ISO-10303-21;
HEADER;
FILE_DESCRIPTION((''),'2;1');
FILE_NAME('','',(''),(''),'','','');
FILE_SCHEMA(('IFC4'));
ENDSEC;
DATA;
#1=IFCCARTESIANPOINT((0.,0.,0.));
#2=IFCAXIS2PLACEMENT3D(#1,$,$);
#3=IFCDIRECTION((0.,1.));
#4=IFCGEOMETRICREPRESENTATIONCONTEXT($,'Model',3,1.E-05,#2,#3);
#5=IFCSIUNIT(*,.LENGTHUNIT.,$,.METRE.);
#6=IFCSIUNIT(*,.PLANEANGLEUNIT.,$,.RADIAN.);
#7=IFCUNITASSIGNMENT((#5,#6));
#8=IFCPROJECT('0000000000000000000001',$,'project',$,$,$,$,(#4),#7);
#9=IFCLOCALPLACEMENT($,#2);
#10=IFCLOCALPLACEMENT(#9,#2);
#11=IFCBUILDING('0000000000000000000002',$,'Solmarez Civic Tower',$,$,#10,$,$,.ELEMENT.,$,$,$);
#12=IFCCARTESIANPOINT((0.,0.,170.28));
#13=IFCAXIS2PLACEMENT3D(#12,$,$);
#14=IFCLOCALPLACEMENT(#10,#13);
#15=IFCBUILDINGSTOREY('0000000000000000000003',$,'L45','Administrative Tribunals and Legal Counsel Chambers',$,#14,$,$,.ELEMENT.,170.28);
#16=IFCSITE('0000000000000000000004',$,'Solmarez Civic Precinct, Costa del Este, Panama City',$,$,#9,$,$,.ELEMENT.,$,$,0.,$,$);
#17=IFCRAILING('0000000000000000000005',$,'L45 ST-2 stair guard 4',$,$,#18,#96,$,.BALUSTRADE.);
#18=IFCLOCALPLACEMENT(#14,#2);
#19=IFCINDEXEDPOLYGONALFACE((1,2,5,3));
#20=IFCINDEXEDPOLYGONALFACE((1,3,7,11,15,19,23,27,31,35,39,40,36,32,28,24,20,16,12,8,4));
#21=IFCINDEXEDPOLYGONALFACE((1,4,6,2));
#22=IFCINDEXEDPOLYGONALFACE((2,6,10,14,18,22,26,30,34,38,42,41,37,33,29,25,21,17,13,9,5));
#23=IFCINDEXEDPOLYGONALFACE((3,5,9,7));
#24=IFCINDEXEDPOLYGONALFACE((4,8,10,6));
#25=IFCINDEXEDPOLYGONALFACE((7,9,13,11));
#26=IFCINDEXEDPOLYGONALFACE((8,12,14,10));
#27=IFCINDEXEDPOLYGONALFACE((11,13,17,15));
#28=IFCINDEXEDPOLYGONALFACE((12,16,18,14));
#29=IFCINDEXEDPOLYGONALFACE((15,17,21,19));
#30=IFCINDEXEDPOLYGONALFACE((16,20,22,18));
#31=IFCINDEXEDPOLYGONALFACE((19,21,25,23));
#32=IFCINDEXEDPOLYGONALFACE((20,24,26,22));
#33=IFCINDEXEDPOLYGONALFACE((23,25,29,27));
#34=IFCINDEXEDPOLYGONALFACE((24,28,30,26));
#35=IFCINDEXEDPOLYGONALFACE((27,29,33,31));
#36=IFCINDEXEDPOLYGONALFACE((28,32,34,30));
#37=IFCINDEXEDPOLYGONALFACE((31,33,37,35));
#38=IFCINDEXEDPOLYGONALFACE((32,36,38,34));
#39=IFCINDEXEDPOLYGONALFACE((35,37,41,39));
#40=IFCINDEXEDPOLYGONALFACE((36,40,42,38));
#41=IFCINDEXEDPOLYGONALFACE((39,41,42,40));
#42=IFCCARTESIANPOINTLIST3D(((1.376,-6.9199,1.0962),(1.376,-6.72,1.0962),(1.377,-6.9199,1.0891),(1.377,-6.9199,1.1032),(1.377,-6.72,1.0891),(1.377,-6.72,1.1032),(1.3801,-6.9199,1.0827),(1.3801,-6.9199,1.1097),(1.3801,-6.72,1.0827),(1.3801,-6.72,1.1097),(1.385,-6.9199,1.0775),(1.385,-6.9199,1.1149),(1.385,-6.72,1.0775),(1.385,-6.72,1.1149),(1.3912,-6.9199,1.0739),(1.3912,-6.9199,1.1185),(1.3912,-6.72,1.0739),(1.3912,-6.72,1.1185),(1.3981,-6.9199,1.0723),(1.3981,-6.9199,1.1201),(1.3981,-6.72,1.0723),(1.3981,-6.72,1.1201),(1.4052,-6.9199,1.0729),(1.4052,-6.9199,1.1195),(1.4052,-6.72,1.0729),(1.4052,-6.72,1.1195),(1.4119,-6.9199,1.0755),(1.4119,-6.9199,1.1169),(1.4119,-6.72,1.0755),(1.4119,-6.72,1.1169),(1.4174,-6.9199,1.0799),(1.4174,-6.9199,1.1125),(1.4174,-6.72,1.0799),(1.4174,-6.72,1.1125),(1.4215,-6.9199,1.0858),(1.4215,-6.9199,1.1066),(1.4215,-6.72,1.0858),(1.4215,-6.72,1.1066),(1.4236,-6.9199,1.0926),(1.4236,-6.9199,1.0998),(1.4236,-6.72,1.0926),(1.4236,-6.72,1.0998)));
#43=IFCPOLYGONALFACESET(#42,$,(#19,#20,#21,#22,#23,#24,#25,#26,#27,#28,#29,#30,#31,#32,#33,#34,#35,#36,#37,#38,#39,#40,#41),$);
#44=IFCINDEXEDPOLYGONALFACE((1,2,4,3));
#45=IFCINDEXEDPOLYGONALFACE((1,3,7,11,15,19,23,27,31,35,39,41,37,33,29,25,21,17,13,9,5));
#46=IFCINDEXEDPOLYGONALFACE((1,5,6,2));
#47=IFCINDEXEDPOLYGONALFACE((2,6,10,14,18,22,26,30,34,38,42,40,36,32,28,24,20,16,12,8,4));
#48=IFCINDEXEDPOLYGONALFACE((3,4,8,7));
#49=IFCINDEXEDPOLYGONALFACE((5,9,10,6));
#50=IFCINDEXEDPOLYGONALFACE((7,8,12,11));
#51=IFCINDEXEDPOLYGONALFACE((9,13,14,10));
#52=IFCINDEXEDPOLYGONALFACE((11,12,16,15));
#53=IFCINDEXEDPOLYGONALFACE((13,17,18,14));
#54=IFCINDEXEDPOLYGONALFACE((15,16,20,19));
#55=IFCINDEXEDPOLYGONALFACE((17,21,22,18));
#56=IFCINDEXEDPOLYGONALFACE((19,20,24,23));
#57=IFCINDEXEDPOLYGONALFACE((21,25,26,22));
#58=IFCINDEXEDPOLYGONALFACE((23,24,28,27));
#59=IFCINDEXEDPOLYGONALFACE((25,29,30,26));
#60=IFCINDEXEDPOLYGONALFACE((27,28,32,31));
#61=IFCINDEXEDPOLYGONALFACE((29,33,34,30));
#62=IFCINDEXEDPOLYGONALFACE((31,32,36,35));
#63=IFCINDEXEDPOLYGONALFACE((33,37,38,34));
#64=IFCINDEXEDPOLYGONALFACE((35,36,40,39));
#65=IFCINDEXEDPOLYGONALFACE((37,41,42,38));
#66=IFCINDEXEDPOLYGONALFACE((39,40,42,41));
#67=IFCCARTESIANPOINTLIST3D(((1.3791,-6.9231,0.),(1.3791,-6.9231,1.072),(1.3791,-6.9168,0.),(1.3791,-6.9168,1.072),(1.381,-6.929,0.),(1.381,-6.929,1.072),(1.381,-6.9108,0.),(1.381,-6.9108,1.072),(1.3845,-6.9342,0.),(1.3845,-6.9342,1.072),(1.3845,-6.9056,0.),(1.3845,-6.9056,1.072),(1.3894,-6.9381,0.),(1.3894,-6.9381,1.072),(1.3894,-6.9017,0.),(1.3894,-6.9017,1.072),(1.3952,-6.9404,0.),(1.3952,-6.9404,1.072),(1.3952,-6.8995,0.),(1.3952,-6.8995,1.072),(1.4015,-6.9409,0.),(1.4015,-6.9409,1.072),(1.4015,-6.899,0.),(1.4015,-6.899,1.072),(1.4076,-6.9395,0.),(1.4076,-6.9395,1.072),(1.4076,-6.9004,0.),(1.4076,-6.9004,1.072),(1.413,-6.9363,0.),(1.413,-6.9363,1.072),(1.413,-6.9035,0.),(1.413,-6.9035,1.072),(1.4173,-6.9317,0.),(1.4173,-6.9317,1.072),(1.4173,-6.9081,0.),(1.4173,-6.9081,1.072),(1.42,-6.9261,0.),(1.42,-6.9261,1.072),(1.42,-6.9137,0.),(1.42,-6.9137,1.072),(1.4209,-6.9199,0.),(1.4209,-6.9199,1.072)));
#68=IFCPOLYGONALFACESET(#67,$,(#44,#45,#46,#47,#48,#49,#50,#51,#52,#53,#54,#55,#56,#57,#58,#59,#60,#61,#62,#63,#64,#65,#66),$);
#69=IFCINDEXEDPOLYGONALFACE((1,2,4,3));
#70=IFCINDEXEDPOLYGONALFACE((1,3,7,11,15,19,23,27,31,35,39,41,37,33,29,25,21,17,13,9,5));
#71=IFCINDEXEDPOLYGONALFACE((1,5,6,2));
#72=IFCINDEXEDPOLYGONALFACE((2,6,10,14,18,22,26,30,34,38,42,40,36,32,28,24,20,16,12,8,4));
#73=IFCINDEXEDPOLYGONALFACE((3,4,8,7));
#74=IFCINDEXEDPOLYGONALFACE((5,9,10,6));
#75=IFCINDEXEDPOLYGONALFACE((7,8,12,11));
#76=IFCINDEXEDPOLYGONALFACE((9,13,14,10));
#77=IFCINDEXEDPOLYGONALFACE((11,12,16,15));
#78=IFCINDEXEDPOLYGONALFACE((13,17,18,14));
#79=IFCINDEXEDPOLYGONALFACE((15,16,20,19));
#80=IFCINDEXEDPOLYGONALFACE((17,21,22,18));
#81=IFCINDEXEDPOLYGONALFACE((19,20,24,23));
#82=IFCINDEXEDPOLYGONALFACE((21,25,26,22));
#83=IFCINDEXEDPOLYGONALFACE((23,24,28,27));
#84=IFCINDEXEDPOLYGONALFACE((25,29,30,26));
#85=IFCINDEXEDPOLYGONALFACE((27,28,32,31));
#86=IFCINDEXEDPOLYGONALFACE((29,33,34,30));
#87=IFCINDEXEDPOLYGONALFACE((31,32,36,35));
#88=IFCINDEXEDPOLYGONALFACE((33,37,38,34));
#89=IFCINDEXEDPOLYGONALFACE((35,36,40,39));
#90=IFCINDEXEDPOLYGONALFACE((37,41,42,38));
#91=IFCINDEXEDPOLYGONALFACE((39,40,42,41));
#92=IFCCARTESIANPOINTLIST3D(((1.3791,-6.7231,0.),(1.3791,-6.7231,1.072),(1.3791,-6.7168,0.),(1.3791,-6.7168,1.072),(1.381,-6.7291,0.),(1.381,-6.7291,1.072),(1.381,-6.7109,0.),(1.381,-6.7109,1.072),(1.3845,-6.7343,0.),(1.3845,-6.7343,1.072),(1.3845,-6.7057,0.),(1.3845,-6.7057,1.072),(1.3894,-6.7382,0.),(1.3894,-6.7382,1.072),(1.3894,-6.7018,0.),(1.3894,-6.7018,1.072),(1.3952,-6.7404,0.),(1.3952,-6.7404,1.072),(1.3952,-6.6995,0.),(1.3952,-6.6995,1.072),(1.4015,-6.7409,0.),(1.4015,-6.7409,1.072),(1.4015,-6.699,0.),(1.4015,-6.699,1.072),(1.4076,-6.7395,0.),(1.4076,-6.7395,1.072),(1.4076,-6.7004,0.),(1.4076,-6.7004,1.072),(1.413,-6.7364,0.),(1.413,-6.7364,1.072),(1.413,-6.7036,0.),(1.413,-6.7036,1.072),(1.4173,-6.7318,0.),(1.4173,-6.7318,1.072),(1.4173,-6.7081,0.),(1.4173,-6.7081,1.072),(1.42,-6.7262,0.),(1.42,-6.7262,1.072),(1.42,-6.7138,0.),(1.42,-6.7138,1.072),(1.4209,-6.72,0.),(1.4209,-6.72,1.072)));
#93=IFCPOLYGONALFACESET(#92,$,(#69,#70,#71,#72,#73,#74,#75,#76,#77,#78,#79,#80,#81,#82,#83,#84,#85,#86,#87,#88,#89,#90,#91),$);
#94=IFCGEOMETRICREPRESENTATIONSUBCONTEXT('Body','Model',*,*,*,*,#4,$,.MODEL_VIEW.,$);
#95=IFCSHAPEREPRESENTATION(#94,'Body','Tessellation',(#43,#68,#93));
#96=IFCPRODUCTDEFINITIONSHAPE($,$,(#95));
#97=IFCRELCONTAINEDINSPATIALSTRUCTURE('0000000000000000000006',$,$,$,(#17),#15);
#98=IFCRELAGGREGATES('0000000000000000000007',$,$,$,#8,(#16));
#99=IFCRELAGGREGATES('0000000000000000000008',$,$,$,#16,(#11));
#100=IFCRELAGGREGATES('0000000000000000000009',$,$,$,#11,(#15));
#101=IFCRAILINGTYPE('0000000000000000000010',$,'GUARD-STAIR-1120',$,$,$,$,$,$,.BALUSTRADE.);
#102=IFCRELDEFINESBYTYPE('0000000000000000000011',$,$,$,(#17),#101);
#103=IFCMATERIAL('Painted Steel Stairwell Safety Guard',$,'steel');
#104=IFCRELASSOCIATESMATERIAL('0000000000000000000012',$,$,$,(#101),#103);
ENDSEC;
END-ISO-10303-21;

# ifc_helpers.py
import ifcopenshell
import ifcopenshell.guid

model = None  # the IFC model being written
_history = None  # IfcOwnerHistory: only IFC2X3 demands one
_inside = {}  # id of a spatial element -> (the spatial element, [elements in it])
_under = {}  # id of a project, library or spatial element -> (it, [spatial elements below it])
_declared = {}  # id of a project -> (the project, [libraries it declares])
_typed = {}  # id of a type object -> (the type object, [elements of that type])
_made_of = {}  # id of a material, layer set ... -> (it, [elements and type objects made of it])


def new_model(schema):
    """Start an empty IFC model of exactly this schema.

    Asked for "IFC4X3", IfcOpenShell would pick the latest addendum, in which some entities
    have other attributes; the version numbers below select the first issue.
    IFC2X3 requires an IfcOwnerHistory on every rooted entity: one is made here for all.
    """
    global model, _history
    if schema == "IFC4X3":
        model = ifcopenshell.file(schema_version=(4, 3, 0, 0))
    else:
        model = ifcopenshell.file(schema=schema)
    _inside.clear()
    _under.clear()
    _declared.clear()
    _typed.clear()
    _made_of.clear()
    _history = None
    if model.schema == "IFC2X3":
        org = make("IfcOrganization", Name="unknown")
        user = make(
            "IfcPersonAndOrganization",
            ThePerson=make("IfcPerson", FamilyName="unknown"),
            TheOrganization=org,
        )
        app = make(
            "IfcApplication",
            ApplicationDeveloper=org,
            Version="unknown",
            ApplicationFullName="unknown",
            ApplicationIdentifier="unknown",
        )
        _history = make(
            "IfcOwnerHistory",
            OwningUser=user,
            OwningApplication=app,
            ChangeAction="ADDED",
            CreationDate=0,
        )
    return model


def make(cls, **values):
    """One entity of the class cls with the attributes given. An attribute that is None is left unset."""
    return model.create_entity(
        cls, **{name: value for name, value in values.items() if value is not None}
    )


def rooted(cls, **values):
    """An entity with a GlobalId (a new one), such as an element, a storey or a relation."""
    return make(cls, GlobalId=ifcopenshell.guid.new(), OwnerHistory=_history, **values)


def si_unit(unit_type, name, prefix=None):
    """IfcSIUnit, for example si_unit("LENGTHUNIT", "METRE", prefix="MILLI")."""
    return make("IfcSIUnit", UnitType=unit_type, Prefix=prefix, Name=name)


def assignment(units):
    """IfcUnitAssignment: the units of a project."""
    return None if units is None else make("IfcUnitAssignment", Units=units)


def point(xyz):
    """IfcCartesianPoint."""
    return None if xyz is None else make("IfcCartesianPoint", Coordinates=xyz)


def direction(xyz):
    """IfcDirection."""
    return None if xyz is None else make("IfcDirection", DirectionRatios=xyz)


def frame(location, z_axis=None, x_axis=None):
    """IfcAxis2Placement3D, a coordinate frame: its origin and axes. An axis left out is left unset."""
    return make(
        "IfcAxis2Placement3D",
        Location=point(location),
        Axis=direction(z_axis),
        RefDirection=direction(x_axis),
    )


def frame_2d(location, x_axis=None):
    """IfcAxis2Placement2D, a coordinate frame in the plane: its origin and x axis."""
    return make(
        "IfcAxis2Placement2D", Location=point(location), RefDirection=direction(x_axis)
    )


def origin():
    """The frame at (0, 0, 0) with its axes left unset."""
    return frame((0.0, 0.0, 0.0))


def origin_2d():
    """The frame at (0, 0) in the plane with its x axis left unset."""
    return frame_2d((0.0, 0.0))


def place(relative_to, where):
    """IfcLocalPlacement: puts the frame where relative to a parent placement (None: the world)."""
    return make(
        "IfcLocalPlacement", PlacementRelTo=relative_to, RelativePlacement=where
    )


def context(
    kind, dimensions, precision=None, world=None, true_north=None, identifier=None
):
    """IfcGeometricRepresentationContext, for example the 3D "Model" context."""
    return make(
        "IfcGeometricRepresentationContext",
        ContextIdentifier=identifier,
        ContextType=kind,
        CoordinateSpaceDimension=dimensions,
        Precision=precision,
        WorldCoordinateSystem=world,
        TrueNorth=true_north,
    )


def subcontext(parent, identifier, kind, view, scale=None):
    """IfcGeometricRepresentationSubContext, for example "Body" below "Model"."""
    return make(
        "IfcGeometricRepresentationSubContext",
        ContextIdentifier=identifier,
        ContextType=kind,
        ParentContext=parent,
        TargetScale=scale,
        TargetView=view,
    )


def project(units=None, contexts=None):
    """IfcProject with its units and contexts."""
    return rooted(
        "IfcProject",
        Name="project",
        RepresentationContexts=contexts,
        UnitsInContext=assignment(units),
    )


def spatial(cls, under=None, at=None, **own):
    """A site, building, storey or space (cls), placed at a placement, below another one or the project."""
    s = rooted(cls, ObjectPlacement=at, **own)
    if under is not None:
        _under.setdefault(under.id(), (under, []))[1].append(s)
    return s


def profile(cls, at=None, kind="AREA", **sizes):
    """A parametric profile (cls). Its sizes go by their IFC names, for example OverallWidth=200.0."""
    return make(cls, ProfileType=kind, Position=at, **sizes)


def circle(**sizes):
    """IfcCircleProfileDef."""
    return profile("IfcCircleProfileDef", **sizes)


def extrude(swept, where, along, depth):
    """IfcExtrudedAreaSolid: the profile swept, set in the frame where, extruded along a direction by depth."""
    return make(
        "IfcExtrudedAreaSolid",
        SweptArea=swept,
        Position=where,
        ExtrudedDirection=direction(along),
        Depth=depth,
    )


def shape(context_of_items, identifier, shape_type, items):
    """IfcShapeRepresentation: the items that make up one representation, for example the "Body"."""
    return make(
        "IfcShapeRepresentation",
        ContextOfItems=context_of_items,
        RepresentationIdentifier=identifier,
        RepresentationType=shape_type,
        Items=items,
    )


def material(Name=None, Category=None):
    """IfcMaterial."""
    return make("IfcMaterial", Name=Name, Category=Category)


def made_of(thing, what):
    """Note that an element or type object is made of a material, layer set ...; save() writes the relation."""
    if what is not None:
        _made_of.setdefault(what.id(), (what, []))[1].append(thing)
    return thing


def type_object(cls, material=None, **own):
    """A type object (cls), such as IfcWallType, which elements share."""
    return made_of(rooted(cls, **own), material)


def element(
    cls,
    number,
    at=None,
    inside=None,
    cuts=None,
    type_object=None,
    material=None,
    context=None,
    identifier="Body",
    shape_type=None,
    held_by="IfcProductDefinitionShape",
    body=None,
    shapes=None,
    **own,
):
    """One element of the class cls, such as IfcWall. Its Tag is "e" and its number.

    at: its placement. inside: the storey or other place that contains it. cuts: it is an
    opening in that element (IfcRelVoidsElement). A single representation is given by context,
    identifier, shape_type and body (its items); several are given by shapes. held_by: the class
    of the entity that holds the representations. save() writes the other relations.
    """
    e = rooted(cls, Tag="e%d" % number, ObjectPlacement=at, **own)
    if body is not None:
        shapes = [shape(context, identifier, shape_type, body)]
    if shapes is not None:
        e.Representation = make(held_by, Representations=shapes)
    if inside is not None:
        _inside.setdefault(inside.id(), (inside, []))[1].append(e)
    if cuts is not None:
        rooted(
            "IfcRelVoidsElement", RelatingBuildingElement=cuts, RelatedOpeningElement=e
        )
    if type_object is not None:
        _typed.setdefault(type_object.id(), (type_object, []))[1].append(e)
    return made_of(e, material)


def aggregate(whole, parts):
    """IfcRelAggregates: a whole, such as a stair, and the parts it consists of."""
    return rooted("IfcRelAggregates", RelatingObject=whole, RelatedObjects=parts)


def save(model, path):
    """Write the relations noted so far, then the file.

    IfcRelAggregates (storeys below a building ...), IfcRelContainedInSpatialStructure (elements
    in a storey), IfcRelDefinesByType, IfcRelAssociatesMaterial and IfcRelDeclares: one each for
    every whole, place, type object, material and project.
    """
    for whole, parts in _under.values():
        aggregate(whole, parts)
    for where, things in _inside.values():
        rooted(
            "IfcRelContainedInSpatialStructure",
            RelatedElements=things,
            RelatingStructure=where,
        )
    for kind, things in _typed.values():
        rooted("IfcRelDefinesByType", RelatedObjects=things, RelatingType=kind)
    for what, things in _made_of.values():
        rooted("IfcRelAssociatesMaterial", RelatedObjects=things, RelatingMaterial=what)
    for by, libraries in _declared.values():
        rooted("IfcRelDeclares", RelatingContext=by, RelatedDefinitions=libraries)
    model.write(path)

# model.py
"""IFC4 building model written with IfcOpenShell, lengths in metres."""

from ifc_helpers import new_model, si_unit, direction, frame, origin, origin_2d, place, context, subcontext, project, spatial, circle, extrude, material, type_object, element, save


model = new_model("IFC4")

# Units and contexts
model_context = context("Model", 3, precision=1e-05, world=origin(), true_north=direction((0.0, 1.0)))
body_context = subcontext(model_context, "Body", "Model", "MODEL_VIEW")
ifc_project = project(units=[si_unit("LENGTHUNIT", "METRE"), si_unit("PLANEANGLEUNIT", "RADIAN")], contexts=[model_context])

# Site, building, storey
site_placement = place(None, origin())
site = spatial("IfcSite", under=ifc_project, at=site_placement, Name="Solmarez Civic Precinct, Costa del Este, Panama City", CompositionType="ELEMENT", RefElevation=0.0)
building_placement = place(site_placement, origin())
building = spatial("IfcBuilding", under=site, at=building_placement, Name="Solmarez Civic Tower", CompositionType="ELEMENT")
storey_placement = place(building_placement, frame((0.0, 0.0, 170.28)))
storey = spatial("IfcBuildingStorey", under=building, at=storey_placement, Name="L45", Description="Administrative Tribunals and Legal Counsel Chambers", CompositionType="ELEMENT", Elevation=170.28)

# Railing
ifc_material_1 = material(Name="Painted Steel Stairwell Safety Guard", Category="steel")
railing_type = type_object("IfcRailingType", Name="GUARD-STAIR-1120", PredefinedType="BALUSTRADE", material=ifc_material_1)
railing_1_placement = place(storey_placement, frame((1.3999, -6.9199, 0.0)))
element("IfcRailing", 1, at=railing_1_placement, inside=storey, type_object=railing_type, Name="L45 ST-2 stair guard 4", PredefinedType="BALUSTRADE", context=body_context, shape_type="SweptSolid", body=[
    extrude(circle(Radius=0.0239, at=origin_2d()), frame((0.0, 0.0, 1.0962), z_axis=(0.0, 1.0, 0.0), x_axis=(-1.0, 0.0, 0.0)), (0.0, 0.0, 1.0), 0.2),
    extrude(circle(Radius=0.021, at=origin_2d()), origin(), (0.0, 0.0, 1.0), 1.072),
    extrude(circle(Radius=0.021, at=origin_2d()), frame((0.0, 0.2, 0.0)), (0.0, 0.0, 1.0), 1.072),
])

save(model, "model.ifc")
